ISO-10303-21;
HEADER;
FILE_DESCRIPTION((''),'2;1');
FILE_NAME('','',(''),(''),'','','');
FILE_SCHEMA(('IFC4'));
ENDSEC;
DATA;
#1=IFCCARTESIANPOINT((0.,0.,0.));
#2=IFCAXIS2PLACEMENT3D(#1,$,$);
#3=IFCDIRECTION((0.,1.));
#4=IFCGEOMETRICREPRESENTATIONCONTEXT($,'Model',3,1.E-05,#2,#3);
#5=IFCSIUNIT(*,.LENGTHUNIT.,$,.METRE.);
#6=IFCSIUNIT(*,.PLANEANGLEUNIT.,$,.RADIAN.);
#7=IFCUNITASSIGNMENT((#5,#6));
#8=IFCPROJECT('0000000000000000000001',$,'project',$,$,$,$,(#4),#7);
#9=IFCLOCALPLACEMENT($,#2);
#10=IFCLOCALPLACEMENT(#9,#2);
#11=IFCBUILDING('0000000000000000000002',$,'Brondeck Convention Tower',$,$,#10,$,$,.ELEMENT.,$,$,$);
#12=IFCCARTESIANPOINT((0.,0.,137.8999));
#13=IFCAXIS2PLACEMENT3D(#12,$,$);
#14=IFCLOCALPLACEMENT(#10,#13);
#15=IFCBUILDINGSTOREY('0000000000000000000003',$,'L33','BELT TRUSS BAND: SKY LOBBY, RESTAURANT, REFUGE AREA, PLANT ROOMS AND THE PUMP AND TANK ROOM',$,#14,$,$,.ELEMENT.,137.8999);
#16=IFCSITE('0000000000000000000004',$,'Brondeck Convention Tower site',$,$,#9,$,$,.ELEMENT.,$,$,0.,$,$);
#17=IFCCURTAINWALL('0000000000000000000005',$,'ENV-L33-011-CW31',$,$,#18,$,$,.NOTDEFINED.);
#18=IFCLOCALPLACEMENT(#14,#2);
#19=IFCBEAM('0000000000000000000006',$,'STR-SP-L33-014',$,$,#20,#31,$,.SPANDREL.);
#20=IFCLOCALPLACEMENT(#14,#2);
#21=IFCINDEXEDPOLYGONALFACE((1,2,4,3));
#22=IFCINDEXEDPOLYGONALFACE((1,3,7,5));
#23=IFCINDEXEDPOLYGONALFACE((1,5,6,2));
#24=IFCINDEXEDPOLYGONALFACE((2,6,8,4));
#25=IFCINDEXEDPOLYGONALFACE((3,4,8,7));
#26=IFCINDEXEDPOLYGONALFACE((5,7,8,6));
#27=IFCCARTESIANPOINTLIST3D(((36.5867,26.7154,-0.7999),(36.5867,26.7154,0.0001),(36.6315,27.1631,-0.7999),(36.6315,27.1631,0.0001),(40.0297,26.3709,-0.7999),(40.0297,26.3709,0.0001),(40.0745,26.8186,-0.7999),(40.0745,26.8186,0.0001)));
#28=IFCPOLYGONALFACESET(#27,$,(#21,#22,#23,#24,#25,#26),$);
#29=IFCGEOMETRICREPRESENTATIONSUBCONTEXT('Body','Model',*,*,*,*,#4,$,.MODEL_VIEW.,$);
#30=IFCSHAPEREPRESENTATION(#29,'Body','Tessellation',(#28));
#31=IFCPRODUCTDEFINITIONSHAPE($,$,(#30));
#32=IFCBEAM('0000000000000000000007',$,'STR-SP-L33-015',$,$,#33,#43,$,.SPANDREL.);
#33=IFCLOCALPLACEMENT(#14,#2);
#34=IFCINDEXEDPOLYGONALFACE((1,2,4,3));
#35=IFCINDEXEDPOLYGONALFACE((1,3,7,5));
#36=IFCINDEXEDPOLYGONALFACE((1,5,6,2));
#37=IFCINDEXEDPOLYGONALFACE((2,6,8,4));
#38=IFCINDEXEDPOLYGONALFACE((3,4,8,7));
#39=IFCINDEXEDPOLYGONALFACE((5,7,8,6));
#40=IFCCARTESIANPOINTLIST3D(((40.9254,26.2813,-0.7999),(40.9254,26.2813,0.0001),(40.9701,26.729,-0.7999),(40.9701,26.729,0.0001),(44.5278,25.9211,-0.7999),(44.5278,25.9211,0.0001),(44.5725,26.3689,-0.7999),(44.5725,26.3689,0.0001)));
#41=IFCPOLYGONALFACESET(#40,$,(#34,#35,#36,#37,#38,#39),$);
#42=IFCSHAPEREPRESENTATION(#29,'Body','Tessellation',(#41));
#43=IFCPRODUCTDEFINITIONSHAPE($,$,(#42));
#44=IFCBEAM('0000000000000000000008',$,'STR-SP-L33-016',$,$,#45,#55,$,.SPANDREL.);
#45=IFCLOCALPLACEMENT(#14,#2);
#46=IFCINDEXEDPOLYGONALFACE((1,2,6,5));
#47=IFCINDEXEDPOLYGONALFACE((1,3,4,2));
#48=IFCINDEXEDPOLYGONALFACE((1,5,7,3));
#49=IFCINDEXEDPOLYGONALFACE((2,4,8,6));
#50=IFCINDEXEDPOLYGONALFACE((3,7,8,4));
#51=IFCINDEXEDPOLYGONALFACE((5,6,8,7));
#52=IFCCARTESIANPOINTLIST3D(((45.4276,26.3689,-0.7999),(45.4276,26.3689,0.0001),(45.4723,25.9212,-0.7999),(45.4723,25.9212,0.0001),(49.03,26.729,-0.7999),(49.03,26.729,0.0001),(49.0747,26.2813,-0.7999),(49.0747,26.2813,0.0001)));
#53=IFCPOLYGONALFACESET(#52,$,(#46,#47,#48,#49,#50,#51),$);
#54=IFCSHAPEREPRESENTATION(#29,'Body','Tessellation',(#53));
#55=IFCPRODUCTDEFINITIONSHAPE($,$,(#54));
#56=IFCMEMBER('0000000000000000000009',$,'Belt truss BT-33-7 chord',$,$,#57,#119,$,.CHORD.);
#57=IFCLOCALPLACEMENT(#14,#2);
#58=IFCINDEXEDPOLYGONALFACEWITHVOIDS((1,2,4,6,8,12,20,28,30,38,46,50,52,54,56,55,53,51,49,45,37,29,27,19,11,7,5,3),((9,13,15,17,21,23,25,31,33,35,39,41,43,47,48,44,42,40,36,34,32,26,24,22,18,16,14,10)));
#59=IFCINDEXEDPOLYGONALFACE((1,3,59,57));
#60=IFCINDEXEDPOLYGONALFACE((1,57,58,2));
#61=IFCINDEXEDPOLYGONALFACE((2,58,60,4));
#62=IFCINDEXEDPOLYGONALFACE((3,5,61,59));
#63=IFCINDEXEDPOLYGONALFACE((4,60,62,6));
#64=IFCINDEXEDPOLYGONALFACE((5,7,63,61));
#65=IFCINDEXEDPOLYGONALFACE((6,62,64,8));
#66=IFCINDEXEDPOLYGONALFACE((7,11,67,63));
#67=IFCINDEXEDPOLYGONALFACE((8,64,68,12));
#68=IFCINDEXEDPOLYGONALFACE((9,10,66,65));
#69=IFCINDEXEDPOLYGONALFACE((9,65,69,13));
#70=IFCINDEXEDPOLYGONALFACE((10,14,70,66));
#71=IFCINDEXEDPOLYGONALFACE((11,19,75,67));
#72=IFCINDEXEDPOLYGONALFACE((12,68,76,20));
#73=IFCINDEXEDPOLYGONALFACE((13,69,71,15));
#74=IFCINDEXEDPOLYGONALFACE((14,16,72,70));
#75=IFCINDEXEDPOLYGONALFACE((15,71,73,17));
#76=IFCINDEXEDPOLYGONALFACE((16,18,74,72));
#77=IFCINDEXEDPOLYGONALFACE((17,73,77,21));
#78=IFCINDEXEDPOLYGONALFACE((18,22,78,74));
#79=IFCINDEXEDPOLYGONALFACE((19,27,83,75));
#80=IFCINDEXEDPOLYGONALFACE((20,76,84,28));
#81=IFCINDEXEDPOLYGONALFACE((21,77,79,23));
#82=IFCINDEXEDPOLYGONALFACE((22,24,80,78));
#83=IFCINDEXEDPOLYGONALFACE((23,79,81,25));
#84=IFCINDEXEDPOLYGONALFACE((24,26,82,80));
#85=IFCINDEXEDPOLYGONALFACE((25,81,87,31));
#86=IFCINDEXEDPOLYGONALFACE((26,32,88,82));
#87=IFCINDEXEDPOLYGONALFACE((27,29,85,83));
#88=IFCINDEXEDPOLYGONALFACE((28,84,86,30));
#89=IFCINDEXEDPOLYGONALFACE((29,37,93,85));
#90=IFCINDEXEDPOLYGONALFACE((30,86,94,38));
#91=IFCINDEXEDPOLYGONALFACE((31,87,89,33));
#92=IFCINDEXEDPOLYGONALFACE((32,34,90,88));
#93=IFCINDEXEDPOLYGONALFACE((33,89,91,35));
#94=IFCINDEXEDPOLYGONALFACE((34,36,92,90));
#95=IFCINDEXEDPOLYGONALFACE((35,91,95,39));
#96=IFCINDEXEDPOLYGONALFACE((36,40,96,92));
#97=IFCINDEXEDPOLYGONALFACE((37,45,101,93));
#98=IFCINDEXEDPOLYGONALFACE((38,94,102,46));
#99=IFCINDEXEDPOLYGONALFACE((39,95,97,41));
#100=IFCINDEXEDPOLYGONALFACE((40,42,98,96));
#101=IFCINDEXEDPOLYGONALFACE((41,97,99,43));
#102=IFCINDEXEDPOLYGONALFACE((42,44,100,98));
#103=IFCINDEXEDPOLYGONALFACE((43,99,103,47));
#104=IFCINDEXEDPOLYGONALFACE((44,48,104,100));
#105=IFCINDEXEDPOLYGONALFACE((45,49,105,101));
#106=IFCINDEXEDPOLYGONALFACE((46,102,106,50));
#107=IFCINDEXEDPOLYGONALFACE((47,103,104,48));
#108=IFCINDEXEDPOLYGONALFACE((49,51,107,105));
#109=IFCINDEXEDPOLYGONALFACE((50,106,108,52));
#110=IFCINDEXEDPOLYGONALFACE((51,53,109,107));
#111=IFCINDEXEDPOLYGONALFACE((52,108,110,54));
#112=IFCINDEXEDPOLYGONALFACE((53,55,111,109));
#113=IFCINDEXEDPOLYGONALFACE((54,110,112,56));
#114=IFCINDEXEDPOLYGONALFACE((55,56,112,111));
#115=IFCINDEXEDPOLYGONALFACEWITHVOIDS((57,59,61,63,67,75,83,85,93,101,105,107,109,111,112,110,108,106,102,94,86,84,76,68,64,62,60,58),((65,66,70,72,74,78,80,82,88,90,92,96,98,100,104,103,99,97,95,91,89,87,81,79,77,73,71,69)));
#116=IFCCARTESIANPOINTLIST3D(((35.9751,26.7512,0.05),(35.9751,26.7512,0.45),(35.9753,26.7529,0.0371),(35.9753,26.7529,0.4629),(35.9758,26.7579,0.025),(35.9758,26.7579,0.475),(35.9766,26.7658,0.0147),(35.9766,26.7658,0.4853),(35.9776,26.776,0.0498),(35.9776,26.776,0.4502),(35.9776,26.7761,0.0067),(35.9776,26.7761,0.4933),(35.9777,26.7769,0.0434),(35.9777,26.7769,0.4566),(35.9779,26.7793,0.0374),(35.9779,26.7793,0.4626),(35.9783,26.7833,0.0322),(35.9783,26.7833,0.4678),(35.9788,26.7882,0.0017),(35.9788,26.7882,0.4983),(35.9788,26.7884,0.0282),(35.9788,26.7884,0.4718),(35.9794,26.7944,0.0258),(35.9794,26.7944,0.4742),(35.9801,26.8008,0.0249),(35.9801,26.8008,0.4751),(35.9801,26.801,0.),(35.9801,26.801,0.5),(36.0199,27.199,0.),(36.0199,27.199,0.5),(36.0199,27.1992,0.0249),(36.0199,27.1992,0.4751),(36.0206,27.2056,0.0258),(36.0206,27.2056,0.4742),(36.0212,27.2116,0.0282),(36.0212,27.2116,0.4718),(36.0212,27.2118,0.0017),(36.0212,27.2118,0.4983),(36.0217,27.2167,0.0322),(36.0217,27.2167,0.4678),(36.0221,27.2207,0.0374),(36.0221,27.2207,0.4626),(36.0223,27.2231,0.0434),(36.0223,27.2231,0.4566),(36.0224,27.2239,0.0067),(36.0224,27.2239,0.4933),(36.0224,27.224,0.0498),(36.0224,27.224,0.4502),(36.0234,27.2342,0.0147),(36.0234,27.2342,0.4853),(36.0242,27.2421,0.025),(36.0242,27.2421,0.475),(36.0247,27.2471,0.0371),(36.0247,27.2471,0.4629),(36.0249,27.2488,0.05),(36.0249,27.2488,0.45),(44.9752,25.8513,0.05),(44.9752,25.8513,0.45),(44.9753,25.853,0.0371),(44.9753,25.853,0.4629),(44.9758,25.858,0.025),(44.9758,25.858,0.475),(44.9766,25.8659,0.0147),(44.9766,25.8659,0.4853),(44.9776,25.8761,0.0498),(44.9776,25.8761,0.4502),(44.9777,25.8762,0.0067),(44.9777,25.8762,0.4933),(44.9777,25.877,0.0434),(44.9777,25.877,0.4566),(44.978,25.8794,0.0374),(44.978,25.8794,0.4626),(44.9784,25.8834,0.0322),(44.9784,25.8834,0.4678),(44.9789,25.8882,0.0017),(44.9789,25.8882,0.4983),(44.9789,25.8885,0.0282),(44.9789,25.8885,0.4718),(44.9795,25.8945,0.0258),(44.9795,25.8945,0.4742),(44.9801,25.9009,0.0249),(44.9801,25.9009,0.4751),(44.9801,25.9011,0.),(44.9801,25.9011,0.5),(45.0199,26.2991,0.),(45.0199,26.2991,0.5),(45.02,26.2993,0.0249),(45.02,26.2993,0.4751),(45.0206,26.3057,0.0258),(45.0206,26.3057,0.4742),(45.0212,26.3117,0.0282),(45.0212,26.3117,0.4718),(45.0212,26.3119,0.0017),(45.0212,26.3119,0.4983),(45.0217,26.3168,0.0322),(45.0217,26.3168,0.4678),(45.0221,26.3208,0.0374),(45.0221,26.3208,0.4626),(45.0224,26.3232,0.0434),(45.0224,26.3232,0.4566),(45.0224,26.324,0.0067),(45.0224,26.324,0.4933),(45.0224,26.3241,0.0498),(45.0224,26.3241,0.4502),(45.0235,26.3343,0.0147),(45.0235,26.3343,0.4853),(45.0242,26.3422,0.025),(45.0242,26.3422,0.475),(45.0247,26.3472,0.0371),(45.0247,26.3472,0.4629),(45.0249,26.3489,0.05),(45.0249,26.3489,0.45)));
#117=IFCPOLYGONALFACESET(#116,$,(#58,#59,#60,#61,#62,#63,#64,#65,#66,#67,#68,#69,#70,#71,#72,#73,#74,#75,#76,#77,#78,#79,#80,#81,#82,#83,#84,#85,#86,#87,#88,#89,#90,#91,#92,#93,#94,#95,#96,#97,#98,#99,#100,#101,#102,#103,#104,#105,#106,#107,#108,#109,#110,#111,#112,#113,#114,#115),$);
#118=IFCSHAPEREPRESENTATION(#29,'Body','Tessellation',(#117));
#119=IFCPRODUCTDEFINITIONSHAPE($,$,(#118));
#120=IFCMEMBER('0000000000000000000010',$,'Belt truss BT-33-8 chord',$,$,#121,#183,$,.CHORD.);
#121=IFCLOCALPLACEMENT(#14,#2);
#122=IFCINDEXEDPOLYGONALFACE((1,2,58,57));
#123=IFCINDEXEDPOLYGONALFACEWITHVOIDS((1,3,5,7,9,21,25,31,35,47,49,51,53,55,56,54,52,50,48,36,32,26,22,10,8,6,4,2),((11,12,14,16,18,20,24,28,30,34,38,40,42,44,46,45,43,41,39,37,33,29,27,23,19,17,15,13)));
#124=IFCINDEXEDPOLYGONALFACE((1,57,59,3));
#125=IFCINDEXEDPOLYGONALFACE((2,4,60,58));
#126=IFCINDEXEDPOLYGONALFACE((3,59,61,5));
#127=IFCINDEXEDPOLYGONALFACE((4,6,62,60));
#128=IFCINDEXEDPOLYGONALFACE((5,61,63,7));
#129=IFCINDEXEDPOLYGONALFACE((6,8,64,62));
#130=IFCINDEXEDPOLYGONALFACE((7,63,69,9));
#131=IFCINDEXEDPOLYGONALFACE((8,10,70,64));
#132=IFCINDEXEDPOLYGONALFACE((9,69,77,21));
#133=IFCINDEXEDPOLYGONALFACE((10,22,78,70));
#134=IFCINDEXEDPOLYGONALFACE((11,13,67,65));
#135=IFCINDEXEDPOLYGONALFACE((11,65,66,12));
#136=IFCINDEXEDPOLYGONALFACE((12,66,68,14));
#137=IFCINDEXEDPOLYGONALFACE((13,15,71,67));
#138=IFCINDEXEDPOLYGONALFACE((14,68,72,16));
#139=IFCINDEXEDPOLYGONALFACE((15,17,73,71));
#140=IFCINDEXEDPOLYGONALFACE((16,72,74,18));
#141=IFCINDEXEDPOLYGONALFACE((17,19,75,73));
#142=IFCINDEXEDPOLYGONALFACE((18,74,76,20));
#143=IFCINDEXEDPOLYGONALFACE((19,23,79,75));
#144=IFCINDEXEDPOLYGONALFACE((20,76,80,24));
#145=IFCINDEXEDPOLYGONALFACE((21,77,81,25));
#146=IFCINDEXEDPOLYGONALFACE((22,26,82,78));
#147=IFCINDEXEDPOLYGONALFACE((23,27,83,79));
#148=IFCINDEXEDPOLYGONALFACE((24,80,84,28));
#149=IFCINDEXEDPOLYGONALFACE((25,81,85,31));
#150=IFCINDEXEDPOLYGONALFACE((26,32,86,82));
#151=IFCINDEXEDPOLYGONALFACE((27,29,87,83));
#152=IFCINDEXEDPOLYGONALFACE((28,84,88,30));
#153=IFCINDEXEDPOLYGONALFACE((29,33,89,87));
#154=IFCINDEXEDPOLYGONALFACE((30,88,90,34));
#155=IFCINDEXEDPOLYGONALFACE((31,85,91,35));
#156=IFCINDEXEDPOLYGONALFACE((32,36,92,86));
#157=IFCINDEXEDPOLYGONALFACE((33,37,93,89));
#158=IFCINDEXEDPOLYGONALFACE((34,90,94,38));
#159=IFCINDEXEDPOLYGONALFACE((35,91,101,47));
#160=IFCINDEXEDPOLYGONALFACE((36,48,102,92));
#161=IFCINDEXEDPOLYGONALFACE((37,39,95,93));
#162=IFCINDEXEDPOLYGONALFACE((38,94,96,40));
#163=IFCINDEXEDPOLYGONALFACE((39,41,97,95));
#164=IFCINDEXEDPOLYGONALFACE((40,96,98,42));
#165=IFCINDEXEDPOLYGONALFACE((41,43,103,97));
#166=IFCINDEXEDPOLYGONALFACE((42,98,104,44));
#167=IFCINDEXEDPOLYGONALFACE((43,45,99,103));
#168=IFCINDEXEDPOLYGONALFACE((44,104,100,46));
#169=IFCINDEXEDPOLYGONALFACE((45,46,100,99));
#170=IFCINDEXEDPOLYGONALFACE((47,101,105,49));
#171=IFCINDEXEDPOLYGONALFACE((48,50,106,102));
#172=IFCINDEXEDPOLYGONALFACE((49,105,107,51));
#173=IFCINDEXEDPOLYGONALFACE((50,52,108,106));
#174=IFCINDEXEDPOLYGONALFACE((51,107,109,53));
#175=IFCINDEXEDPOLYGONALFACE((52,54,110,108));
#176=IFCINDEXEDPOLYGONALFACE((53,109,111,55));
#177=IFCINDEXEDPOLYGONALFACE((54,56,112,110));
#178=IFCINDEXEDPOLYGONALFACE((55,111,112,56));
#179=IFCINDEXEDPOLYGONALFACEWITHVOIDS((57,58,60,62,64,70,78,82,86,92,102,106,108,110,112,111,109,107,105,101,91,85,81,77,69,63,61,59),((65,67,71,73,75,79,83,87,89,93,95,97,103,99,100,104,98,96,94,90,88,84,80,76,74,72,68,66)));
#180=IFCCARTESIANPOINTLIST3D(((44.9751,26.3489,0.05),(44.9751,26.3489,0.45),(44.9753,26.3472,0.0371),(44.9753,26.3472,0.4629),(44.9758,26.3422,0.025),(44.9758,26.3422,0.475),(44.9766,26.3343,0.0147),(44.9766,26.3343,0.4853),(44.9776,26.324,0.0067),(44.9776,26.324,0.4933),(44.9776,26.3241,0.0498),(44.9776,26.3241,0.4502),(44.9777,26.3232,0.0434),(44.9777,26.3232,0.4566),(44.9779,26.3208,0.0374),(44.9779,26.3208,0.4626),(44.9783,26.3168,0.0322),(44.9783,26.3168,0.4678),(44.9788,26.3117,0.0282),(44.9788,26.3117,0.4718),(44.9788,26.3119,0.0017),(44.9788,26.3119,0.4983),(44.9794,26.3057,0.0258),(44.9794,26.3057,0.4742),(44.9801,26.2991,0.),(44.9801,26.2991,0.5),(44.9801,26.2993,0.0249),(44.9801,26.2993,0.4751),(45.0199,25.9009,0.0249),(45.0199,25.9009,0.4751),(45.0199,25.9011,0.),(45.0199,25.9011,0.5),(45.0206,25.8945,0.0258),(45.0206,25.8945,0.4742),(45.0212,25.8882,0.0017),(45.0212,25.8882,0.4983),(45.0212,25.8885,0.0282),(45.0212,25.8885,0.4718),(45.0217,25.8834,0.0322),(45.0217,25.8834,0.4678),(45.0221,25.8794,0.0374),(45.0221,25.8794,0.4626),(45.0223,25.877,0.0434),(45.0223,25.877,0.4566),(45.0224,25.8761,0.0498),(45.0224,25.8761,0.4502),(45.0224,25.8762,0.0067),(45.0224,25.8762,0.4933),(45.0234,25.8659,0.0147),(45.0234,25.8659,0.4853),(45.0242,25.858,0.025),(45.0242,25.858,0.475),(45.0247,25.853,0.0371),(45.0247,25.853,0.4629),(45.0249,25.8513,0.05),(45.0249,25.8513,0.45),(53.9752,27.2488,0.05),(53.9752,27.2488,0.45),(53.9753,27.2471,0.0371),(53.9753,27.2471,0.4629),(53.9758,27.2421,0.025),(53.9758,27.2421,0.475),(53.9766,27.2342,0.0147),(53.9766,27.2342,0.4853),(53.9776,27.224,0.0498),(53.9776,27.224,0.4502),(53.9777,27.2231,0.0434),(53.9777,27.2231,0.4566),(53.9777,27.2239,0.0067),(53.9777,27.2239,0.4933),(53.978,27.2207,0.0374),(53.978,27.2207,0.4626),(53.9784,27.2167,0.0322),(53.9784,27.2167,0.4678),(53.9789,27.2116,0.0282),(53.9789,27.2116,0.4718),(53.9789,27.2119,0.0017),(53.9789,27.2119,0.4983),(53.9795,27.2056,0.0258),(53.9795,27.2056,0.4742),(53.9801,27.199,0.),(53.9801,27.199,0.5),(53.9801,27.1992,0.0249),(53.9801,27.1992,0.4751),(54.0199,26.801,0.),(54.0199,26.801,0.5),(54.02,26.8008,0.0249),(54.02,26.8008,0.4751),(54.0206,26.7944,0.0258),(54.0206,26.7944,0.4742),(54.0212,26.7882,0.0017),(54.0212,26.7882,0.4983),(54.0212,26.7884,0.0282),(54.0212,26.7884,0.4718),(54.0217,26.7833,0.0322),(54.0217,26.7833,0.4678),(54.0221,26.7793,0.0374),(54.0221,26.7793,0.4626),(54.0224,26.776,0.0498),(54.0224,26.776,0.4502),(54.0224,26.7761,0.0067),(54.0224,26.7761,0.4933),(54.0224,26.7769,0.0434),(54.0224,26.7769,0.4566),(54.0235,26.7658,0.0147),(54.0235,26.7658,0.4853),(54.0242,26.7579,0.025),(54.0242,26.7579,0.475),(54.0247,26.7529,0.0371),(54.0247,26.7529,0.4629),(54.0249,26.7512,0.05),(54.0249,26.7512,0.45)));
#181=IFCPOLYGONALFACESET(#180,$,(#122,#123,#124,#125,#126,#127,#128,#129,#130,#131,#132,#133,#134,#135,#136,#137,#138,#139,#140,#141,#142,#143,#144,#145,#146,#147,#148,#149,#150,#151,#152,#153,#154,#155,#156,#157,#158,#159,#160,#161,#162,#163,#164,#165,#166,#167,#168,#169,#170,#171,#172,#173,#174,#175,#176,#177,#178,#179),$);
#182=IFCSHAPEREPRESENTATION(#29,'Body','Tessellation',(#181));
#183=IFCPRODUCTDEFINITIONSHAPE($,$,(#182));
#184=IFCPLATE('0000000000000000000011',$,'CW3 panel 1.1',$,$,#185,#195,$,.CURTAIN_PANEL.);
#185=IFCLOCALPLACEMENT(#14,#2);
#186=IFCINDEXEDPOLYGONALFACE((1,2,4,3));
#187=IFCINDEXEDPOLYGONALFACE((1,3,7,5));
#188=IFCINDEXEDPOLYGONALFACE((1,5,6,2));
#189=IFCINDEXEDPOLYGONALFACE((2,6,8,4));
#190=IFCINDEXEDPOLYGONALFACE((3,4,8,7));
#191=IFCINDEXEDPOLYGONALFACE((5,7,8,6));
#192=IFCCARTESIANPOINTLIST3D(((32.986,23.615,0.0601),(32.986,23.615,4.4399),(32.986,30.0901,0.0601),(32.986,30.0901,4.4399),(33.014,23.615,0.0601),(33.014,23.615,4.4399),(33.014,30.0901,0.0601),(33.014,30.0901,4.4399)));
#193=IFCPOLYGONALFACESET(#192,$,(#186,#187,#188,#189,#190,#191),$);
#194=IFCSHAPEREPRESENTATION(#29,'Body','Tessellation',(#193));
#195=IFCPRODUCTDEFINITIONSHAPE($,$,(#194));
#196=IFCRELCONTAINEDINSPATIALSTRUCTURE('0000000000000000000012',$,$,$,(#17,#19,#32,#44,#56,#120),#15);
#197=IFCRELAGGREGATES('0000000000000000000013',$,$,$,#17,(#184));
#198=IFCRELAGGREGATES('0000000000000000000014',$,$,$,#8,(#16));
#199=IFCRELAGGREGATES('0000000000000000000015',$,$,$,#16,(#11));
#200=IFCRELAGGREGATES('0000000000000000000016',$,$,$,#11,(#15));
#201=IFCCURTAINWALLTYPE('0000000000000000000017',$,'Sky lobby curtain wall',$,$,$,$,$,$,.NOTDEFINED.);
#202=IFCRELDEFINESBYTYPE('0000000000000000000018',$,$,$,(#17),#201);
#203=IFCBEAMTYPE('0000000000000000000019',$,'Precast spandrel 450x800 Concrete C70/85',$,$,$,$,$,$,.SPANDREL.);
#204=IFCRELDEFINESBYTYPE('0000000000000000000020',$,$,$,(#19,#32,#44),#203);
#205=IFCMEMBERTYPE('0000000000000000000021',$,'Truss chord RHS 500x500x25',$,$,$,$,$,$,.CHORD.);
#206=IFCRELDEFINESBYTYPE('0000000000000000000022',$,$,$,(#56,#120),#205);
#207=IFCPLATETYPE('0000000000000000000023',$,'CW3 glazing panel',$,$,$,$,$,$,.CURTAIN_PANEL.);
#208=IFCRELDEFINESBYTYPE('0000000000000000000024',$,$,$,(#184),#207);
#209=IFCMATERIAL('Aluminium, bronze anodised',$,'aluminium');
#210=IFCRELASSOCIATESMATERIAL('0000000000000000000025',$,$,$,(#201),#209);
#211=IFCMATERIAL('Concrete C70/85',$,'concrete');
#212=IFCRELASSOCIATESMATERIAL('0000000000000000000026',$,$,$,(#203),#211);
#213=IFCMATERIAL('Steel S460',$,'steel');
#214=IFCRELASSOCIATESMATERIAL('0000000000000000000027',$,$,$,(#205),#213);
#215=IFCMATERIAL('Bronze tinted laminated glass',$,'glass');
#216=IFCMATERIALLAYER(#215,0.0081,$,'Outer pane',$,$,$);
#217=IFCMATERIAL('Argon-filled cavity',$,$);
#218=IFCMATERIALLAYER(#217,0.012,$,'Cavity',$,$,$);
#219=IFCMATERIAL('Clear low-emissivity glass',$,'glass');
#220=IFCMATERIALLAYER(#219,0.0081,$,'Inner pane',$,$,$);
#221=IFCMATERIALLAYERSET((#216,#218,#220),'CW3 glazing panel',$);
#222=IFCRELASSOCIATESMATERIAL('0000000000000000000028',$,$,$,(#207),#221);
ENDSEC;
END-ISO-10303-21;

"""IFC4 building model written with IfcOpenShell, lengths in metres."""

from ifc_helpers import new_model, si_unit, direction, frame, origin, origin_2d, place, context, subcontext, project, spatial, rectangle, hollow_rectangle, extrude, material, layer, layer_set, material_profile, profile_set, type_object, element, aggregate, save


model = new_model("IFC4")

# Units and contexts
model_context = context("Model", 3, precision=1e-05, world=origin(), true_north=direction((0.0, 1.0)))
body_context = subcontext(model_context, "Body", "Model", "MODEL_VIEW")
ifc_project = project(units=[si_unit("LENGTHUNIT", "METRE"), si_unit("PLANEANGLEUNIT", "RADIAN")], contexts=[model_context])

# Site, building, storey
site_placement = place(None, origin())
site = spatial("IfcSite", under=ifc_project, at=site_placement, Name="Brondeck Convention Tower site", CompositionType="ELEMENT", RefElevation=0.0)
building_placement = place(site_placement, origin())
building = spatial("IfcBuilding", under=site, at=building_placement, Name="Brondeck Convention Tower", CompositionType="ELEMENT")
storey_placement = place(building_placement, frame((0.0, 0.0, 137.8999)))
storey = spatial("IfcBuildingStorey", under=building, at=storey_placement, Name="L33", Description="BELT TRUSS BAND: SKY LOBBY, RESTAURANT, REFUGE AREA, PLANT ROOMS AND THE PUMP AND TANK ROOM", CompositionType="ELEMENT", Elevation=137.8999)

# Shared definitions
ifc_material_1 = material(Name="Concrete C70/85", Category="concrete")

# Curtain wall
ifc_material_2 = material(Name="Aluminium, bronze anodised", Category="aluminium")
curtain_wall_type = type_object("IfcCurtainWallType", Name="Sky lobby curtain wall", PredefinedType="NOTDEFINED", material=ifc_material_2)
curtain_wall_1_placement = place(storey_placement, origin())
curtain_wall_1 = element("IfcCurtainWall", 1, at=curtain_wall_1_placement, inside=storey, type_object=curtain_wall_type, Name="ENV-L33-011-CW31", PredefinedType="NOTDEFINED")

# Shared definitions
ifc_material_3 = material(Name="Steel S460", Category="steel")

# Beams
ifc_material_profile_1 = material_profile(ifc_material_1, rectangle(XDim=0.45, YDim=0.8, at=origin_2d()), Name="Precast spandrel 450x800 Concrete C70/85")
ifc_profile_set_1 = profile_set([ifc_material_profile_1], Name="Concrete C70/85")
beam_type_1 = type_object("IfcBeamType", Name="Precast spandrel 450x800 Concrete C70/85", PredefinedType="SPANDREL", material=ifc_profile_set_1)
beam_1_placement = place(storey_placement, frame((36.6091, 26.9392, -0.3999), z_axis=(0.995032, -0.099553, 0.0), x_axis=(0.099553, 0.995032, 0.0)))
element("IfcBeam", 2, at=beam_1_placement, inside=storey, type_object=beam_type_1, Name="STR-SP-L33-014", PredefinedType="SPANDREL", context=body_context, shape_type="SweptSolid", body=[
    extrude(rectangle(XDim=0.45, YDim=0.8, at=origin_2d()), origin(), (0.0, 0.0, 1.0), 3.4602),
])
for number, where, z_axis, x_axis, name in (
    (3, (40.9478, 26.5051, -0.3999), (0.995041, -0.09947, 0.0), (0.09947, 0.995041, 0.0), "STR-SP-L33-015"),
    (4, (45.45, 26.145, -0.3999), (0.995041, 0.09947, 0.0), (-0.09947, 0.995041, 0.0), "STR-SP-L33-016"),
):
    element("IfcBeam", number, at=place(storey_placement, frame(where, z_axis=z_axis, x_axis=x_axis)), inside=storey, type_object=beam_type_1, Name=name, PredefinedType="SPANDREL", context=body_context, shape_type="SweptSolid", body=[
        extrude(rectangle(XDim=0.45, YDim=0.8, at=origin_2d()), origin(), (0.0, 0.0, 1.0), 3.6204),
    ])

# Members
ifc_material_profile_2 = material_profile(ifc_material_3, hollow_rectangle(XDim=0.5, YDim=0.5, WallThickness=0.0249, InnerFilletRadius=0.0249, OuterFilletRadius=0.05, at=origin_2d()), Name="RHS 500x500x25")
ifc_profile_set_2 = profile_set([ifc_material_profile_2], Name="Steel S460")
member_type_1 = type_object("IfcMemberType", Name="Truss chord RHS 500x500x25", PredefinedType="CHORD", material=ifc_profile_set_2)
for number, where, z_axis, x_axis, name in (
    (5, (36.0, 27.0, 0.25), (0.995038, -0.099493, 0.0), (0.099493, 0.995038, 0.0), "Belt truss BT-33-7 chord"),
    (6, (45.0, 26.1001, 0.25), (0.995038, 0.099493, 0.0), (-0.099493, 0.995038, 0.0), "Belt truss BT-33-8 chord"),
):
    element("IfcMember", number, at=place(storey_placement, frame(where, z_axis=z_axis, x_axis=x_axis)), inside=storey, type_object=member_type_1, Name=name, PredefinedType="CHORD", context=body_context, shape_type="SweptSolid", body=[
        extrude(hollow_rectangle(XDim=0.5, YDim=0.5, WallThickness=0.0249, InnerFilletRadius=0.0249, OuterFilletRadius=0.05, at=origin_2d()), origin(), (0.0, 0.0, 1.0), 9.0449),
    ])

# Plate
ifc_material_4 = material(Name="Bronze tinted laminated glass", Category="glass")
ifc_layer_1 = layer(ifc_material_4, 0.0081, Name="Outer pane")
ifc_material_5 = material(Name="Argon-filled cavity")
ifc_layer_2 = layer(ifc_material_5, 0.012, Name="Cavity")
ifc_material_6 = material(Name="Clear low-emissivity glass", Category="glass")
ifc_layer_3 = layer(ifc_material_6, 0.0081, Name="Inner pane")
ifc_layer_set_1 = layer_set([ifc_layer_1, ifc_layer_2, ifc_layer_3], Name="CW3 glazing panel")
plate_type = type_object("IfcPlateType", Name="CW3 glazing panel", PredefinedType="CURTAIN_PANEL", material=ifc_layer_set_1)
plate_placement = place(storey_placement, frame((33.0, 26.8525, 0.0601), z_axis=(0.0, 0.0, 1.0), x_axis=(0.0, -1.0, 0.0)))
plate = element("IfcPlate", 7, at=plate_placement, type_object=plate_type, Name="CW3 panel 1.1", PredefinedType="CURTAIN_PANEL", context=body_context, shape_type="SweptSolid", body=[
    extrude(rectangle(XDim=6.4751, YDim=0.0281, at=origin_2d()), origin(), (0.0, 0.0, 1.0), 4.3799),
])
aggregate(curtain_wall_1, [plate])

save(model, "model.ifc")
